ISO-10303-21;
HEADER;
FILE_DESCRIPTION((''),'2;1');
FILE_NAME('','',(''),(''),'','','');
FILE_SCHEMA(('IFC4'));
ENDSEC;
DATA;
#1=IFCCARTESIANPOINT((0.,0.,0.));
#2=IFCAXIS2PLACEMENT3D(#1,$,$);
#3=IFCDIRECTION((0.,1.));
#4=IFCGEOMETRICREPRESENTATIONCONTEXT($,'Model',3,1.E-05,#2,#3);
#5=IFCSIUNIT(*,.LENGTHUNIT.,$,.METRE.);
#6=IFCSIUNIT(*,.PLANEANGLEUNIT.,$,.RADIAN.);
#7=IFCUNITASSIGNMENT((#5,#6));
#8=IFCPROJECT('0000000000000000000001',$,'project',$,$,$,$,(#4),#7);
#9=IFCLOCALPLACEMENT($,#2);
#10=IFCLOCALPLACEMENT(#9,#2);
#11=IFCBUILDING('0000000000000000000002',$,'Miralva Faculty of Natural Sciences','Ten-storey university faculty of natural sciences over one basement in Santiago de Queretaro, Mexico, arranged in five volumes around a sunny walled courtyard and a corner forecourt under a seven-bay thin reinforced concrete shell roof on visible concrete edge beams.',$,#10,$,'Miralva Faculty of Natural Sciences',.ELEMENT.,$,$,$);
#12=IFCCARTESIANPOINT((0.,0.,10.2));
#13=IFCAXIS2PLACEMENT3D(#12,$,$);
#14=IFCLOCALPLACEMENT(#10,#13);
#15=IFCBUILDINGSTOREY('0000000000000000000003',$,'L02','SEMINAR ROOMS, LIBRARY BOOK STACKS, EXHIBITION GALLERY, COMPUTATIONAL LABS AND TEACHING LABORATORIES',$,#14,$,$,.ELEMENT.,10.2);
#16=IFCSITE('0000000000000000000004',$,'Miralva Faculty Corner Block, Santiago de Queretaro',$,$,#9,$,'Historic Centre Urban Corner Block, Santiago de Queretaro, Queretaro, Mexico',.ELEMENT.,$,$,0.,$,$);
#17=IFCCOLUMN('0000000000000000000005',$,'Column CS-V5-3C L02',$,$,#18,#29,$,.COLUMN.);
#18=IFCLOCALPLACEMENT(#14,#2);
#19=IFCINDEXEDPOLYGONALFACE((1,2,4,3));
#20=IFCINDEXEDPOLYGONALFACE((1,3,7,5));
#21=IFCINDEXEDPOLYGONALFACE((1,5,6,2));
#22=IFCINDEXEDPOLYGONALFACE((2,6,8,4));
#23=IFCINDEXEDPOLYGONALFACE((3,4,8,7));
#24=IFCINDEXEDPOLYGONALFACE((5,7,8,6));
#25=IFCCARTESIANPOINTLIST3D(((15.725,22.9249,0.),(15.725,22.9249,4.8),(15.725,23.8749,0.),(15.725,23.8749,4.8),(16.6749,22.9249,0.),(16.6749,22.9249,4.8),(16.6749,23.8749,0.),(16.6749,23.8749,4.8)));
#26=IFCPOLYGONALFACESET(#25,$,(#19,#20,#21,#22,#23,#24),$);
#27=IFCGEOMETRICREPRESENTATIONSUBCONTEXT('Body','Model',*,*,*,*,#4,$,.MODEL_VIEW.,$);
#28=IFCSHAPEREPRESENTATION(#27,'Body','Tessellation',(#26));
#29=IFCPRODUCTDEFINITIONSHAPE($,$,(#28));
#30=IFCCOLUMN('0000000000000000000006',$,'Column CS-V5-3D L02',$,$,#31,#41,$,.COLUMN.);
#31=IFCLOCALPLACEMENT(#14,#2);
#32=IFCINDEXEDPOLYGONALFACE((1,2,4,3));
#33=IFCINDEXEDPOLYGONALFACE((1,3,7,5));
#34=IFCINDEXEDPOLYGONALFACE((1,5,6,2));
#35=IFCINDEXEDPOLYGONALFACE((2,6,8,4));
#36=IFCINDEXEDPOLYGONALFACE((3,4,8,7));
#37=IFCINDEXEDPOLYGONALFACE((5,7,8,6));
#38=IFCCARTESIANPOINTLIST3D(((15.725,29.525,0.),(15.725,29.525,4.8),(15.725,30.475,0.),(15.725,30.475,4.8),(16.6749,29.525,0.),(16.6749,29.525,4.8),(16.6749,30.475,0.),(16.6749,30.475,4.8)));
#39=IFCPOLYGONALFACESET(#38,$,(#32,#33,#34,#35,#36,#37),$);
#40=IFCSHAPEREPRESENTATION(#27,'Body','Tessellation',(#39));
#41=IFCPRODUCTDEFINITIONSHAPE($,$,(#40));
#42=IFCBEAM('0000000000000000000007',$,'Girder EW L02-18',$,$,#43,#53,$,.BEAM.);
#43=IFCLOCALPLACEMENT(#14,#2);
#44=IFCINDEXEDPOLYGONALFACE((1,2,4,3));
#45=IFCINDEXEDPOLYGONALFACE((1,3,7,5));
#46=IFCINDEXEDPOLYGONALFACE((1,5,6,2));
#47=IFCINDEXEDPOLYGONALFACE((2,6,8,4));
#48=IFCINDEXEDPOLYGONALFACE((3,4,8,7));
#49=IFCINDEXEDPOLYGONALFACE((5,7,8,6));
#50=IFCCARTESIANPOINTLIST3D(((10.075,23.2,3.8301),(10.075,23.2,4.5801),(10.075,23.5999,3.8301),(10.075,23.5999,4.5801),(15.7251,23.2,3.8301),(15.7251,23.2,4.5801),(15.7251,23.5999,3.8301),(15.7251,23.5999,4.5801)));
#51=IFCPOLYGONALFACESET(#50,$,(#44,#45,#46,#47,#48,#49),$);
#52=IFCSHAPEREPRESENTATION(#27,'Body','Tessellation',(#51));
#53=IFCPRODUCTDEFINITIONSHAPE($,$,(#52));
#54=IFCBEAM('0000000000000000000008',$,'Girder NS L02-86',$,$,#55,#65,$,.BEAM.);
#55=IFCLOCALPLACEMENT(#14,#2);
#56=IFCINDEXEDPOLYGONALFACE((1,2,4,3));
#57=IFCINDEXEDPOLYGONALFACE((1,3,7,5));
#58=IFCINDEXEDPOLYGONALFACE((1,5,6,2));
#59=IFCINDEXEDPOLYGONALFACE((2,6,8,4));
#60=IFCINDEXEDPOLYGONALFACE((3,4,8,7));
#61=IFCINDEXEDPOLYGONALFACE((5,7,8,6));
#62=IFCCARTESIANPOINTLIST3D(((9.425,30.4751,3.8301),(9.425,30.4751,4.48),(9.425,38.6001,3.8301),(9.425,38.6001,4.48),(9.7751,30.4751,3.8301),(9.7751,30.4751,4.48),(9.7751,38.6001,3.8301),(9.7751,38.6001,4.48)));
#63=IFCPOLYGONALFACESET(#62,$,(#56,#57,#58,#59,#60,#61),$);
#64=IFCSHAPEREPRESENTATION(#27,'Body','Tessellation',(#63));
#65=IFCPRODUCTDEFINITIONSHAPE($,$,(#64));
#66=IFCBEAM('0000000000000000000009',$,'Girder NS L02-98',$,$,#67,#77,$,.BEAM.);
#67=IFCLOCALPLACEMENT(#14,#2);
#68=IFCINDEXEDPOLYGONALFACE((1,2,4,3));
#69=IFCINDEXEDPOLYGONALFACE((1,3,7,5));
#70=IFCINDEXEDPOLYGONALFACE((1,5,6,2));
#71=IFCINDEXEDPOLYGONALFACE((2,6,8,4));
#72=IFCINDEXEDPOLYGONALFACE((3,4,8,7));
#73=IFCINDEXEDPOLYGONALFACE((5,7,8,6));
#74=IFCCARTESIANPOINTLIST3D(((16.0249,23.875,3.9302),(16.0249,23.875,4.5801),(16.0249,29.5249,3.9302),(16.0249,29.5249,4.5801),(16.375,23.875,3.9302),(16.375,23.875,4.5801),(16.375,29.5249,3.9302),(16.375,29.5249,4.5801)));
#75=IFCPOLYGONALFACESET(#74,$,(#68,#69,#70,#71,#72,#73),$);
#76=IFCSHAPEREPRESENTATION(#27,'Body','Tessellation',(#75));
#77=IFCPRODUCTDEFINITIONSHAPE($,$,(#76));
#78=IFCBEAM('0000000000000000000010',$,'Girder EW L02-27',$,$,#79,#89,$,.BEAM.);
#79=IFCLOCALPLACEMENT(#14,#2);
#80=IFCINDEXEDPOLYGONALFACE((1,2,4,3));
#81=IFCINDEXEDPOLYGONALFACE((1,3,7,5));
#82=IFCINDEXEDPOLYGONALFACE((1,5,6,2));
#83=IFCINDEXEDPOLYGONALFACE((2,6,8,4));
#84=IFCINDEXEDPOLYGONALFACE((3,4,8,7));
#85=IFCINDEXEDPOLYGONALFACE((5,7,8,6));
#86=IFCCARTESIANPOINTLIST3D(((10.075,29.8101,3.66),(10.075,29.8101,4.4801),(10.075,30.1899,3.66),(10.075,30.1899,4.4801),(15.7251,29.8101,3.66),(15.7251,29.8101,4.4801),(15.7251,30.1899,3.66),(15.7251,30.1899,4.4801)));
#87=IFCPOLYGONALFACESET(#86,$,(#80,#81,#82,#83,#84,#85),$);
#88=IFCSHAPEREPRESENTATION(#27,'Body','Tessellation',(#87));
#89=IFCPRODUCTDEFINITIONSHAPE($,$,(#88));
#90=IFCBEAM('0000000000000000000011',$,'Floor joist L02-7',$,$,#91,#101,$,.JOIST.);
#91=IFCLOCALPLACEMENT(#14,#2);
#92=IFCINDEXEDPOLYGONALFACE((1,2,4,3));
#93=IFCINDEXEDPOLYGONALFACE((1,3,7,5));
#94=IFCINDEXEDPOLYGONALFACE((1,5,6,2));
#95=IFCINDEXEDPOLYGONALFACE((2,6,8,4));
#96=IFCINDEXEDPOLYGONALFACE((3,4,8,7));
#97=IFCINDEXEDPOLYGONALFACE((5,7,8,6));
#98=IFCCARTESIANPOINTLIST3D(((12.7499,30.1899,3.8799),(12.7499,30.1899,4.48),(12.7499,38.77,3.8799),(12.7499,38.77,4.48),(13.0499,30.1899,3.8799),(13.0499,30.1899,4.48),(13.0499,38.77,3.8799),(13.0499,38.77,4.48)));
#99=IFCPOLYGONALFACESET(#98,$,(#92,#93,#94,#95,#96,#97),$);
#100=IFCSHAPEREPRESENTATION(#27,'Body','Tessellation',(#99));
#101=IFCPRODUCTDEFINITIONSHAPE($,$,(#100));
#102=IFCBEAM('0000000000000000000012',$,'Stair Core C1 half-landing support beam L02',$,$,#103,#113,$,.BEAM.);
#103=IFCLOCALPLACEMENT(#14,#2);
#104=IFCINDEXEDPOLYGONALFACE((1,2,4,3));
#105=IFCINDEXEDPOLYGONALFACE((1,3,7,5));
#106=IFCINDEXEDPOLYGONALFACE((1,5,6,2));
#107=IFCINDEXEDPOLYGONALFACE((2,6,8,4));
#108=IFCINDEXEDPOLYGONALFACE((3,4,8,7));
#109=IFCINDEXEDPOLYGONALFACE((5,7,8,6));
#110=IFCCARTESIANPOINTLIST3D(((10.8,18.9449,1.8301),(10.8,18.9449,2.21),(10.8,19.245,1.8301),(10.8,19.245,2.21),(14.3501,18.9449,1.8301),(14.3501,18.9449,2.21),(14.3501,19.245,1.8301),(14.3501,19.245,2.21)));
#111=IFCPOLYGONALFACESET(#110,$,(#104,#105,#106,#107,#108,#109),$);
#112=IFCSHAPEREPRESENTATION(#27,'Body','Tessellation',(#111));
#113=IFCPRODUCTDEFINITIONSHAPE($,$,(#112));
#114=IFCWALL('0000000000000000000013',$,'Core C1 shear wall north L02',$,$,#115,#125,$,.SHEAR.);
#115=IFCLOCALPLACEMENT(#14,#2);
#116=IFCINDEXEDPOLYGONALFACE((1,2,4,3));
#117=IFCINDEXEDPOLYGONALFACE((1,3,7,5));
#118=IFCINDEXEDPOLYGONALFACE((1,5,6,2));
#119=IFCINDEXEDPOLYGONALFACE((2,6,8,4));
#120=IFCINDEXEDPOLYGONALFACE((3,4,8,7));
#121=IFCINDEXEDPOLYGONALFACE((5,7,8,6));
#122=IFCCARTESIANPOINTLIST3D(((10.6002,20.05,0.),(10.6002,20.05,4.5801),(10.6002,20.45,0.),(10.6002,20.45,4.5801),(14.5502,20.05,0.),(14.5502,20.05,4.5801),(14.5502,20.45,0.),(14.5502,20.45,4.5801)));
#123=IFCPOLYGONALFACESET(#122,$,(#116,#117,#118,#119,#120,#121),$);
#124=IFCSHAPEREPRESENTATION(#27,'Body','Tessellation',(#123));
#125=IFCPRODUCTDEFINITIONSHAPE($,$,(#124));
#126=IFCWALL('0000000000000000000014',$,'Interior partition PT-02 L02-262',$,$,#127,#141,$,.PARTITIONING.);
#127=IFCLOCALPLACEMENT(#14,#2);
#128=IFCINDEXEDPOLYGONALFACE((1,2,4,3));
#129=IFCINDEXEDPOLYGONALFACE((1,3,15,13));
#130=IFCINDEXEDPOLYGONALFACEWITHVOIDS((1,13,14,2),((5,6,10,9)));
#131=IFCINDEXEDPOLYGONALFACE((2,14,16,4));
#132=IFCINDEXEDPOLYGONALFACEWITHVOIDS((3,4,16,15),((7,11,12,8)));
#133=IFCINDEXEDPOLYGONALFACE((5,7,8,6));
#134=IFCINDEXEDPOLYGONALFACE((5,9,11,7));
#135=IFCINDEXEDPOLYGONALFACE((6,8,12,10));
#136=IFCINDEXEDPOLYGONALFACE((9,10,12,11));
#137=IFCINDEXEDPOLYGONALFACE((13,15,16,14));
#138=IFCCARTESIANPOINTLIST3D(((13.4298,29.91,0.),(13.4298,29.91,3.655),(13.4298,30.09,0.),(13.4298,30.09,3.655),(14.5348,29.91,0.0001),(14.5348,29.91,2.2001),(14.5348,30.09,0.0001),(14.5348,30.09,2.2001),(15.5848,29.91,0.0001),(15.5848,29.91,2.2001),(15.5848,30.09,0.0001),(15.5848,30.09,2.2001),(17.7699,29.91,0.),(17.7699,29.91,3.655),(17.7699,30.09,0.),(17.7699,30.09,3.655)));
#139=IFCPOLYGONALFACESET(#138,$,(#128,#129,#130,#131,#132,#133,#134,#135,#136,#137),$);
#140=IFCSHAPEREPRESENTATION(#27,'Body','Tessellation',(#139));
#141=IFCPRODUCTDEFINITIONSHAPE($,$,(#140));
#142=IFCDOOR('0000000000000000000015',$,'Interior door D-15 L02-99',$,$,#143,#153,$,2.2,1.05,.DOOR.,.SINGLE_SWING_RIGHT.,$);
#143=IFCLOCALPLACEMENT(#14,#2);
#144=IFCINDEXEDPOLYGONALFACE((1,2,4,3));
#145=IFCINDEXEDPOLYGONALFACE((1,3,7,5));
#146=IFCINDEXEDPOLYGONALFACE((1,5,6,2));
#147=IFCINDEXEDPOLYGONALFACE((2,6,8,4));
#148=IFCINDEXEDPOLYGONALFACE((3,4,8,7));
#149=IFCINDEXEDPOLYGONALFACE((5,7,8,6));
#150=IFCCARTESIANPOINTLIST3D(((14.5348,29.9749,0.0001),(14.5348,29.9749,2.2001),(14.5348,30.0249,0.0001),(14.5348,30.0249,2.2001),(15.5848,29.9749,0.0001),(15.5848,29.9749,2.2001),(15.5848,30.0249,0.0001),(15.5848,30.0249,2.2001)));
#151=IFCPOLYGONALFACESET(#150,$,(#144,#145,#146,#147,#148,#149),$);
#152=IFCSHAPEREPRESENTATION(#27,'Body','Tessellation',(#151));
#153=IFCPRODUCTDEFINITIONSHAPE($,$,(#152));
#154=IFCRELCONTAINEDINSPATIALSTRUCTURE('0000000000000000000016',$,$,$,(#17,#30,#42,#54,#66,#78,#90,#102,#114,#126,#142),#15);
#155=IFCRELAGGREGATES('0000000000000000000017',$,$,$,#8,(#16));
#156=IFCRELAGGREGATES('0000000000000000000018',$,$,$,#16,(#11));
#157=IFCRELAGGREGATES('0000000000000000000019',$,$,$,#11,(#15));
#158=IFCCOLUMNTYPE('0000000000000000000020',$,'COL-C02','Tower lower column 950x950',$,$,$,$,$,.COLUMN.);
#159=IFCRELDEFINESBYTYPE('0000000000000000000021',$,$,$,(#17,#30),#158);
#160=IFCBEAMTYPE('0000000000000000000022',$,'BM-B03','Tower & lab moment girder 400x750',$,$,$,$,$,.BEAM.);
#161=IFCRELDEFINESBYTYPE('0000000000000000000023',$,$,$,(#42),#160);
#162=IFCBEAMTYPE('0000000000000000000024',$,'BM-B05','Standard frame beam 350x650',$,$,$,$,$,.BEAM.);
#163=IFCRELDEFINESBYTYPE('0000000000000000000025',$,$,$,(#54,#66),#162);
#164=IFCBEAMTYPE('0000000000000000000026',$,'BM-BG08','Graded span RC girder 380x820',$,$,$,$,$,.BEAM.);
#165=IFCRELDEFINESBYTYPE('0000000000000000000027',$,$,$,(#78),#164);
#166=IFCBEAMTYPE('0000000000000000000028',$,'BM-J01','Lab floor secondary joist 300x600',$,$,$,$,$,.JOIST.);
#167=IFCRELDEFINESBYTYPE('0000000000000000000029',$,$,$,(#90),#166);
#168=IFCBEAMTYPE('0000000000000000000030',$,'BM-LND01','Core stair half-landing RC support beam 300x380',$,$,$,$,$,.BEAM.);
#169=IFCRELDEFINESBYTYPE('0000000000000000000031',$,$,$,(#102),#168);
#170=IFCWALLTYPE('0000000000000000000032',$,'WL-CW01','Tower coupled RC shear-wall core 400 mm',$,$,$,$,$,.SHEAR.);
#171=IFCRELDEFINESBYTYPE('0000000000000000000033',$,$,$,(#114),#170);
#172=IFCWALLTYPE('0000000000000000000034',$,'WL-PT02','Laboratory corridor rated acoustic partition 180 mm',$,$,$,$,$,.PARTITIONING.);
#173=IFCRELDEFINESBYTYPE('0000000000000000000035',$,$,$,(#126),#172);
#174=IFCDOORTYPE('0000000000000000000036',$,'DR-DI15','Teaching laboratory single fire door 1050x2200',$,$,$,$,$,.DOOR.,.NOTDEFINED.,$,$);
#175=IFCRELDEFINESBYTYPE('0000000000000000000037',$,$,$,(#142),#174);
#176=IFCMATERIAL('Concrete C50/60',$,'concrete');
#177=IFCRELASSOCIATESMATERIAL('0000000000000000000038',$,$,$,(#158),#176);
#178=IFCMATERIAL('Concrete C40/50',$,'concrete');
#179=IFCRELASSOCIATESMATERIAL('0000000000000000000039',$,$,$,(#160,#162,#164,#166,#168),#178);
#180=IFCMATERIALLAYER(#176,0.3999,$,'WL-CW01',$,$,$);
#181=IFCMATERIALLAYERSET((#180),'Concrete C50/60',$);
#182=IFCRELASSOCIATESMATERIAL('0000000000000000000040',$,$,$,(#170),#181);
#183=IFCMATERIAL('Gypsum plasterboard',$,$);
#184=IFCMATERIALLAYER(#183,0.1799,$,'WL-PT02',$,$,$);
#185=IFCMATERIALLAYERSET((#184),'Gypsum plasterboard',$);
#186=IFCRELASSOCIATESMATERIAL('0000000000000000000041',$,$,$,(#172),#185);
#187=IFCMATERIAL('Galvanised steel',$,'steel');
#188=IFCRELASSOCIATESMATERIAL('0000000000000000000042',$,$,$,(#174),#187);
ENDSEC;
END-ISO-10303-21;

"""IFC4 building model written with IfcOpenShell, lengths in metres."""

from ifc_helpers import new_model, si_unit, direction, frame, frame_2d, origin, origin_2d, place, context, subcontext, project, spatial, rectangle, extrude, material, layer, layer_set, material_profile, profile_set, type_object, element, fill, save


model = new_model("IFC4")

# Units and contexts
model_context = context("Model", 3, precision=1e-05, world=origin(), true_north=direction((0.0, 1.0)))
body_context = subcontext(model_context, "Body", "Model", "MODEL_VIEW")
ifc_project = project(units=[si_unit("LENGTHUNIT", "METRE"), si_unit("PLANEANGLEUNIT", "RADIAN")], contexts=[model_context])

# Site, building, storey
site_placement = place(None, origin())
site = spatial("IfcSite", under=ifc_project, at=site_placement, Name="Miralva Faculty Corner Block, Santiago de Queretaro", LongName="Historic Centre Urban Corner Block, Santiago de Queretaro, Queretaro, Mexico", CompositionType="ELEMENT", RefElevation=0.0)
building_placement = place(site_placement, origin())
building = spatial("IfcBuilding", under=site, at=building_placement, Name="Miralva Faculty of Natural Sciences", Description="Ten-storey university faculty of natural sciences over one basement in Santiago de Queretaro, Mexico, arranged in five volumes around a sunny walled courtyard and a corner forecourt under a seven-bay thin reinforced concrete shell roof on visible concrete edge beams.", LongName="Miralva Faculty of Natural Sciences", CompositionType="ELEMENT")
storey_placement = place(building_placement, frame((0.0, 0.0, 10.2)))
storey = spatial("IfcBuildingStorey", under=building, at=storey_placement, Name="L02", Description="SEMINAR ROOMS, LIBRARY BOOK STACKS, EXHIBITION GALLERY, COMPUTATIONAL LABS AND TEACHING LABORATORIES", CompositionType="ELEMENT", Elevation=10.2)

# Columns
ifc_material_1 = material(Name="Concrete C50/60", Category="concrete")
ifc_material_profile_1 = material_profile(ifc_material_1, rectangle(XDim=0.95, YDim=0.95, at=origin_2d()), Name="RC 950x950")
ifc_profile_set_1 = profile_set([ifc_material_profile_1], Name="Concrete C50/60")
column_type = type_object("IfcColumnType", Name="COL-C02", Description="Tower lower column 950x950", PredefinedType="COLUMN", material=ifc_profile_set_1)
for number, where, z_axis, x_axis, name in (
    (1, (16.2, 23.3999, 0.0), (0.0, 0.0, 1.0), (1.0, 0.0, 0.0), "Column CS-V5-3C L02"),
    (2, (16.2, 30.0, 0.0), (0.0, 0.0, 1.0), (1.0, 0.0, 0.0), "Column CS-V5-3D L02"),
):
    element("IfcColumn", number, at=place(storey_placement, frame(where, z_axis=z_axis, x_axis=x_axis)), inside=storey, type_object=column_type, Name=name, PredefinedType="COLUMN", context=body_context, shape_type="SweptSolid", body=[
        extrude(rectangle(XDim=0.95, YDim=0.95, at=origin_2d()), origin(), (0.0, 0.0, 1.0), 4.8),
    ])

# Beams
ifc_material_2 = material(Name="Concrete C40/50", Category="concrete")
ifc_material_profile_2 = material_profile(ifc_material_2, rectangle(XDim=0.3999, YDim=0.75, at=origin_2d()), Name="RC 400x750")
ifc_profile_set_2 = profile_set([ifc_material_profile_2], Name="Concrete C40/50")
beam_type_1 = type_object("IfcBeamType", Name="BM-B03", Description="Tower & lab moment girder 400x750", PredefinedType="BEAM", material=ifc_profile_set_2)
beam_1_placement = place(storey_placement, frame((10.075, 23.3999, 4.2051), z_axis=(1.0, 0.0, 0.0), x_axis=(0.0, 1.0, 0.0)))
element("IfcBeam", 3, at=beam_1_placement, inside=storey, type_object=beam_type_1, Name="Girder EW L02-18", PredefinedType="BEAM", context=body_context, shape_type="SweptSolid", body=[
    extrude(rectangle(XDim=0.3999, YDim=0.75, at=origin_2d()), origin(), (0.0, 0.0, 1.0), 5.6501),
])
ifc_material_profile_3 = material_profile(ifc_material_2, rectangle(XDim=0.3501, YDim=0.6499, at=origin_2d()), Name="RC 350x650")
ifc_profile_set_3 = profile_set([ifc_material_profile_3], Name="Concrete C40/50")
beam_type_2 = type_object("IfcBeamType", Name="BM-B05", Description="Standard frame beam 350x650", PredefinedType="BEAM", material=ifc_profile_set_3)
beam_2_placement = place(storey_placement, frame((9.6001, 30.4751, 4.155), z_axis=(0.0, 1.0, 0.0), x_axis=(-1.0, 0.0, 0.0)))
element("IfcBeam", 4, at=beam_2_placement, inside=storey, type_object=beam_type_2, Name="Girder NS L02-86", PredefinedType="BEAM", context=body_context, shape_type="SweptSolid", body=[
    extrude(rectangle(XDim=0.3501, YDim=0.6499, at=origin_2d()), origin(), (0.0, 0.0, 1.0), 8.125),
])
beam_3_placement = place(storey_placement, frame((16.2, 23.875, 4.2551), z_axis=(0.0, 1.0, 0.0), x_axis=(-1.0, 0.0, 0.0)))
element("IfcBeam", 5, at=beam_3_placement, inside=storey, type_object=beam_type_2, Name="Girder NS L02-98", PredefinedType="BEAM", context=body_context, shape_type="SweptSolid", body=[
    extrude(rectangle(XDim=0.3501, YDim=0.6499, at=origin_2d()), origin(), (0.0, 0.0, 1.0), 5.6499),
])
ifc_material_profile_4 = material_profile(ifc_material_2, rectangle(XDim=0.3799, YDim=0.8201, at=origin_2d()), Name="RC 380x820")
ifc_profile_set_4 = profile_set([ifc_material_profile_4], Name="Concrete C40/50")
beam_type_3 = type_object("IfcBeamType", Name="BM-BG08", Description="Graded span RC girder 380x820", PredefinedType="BEAM", material=ifc_profile_set_4)
beam_4_placement = place(storey_placement, frame((10.075, 30.0, 4.0701), z_axis=(1.0, 0.0, 0.0), x_axis=(0.0, 1.0, 0.0)))
element("IfcBeam", 6, at=beam_4_placement, inside=storey, type_object=beam_type_3, Name="Girder EW L02-27", PredefinedType="BEAM", context=body_context, shape_type="SweptSolid", body=[
    extrude(rectangle(XDim=0.3799, YDim=0.8201, at=origin_2d()), origin(), (0.0, 0.0, 1.0), 5.6501),
])
ifc_material_profile_5 = material_profile(ifc_material_2, rectangle(XDim=0.3, YDim=0.6001, at=origin_2d()), Name="RC 300x600")
ifc_profile_set_5 = profile_set([ifc_material_profile_5], Name="Concrete C40/50")
beam_type_4 = type_object("IfcBeamType", Name="BM-J01", Description="Lab floor secondary joist 300x600", PredefinedType="JOIST", material=ifc_profile_set_5)
beam_5_placement = place(storey_placement, frame((12.8999, 30.1899, 4.1799), z_axis=(0.0, 1.0, 0.0), x_axis=(-1.0, 0.0, 0.0)))
element("IfcBeam", 7, at=beam_5_placement, inside=storey, type_object=beam_type_4, Name="Floor joist L02-7", PredefinedType="JOIST", context=body_context, shape_type="SweptSolid", body=[
    extrude(rectangle(XDim=0.3, YDim=0.6001, at=origin_2d()), origin(), (0.0, 0.0, 1.0), 8.5801),
])
ifc_material_profile_6 = material_profile(ifc_material_2, rectangle(XDim=0.3, YDim=0.3799, at=origin_2d()), Name="RC 300x380")
ifc_profile_set_6 = profile_set([ifc_material_profile_6], Name="Concrete C40/50")
beam_type_5 = type_object("IfcBeamType", Name="BM-LND01", Description="Core stair half-landing RC support beam 300x380", PredefinedType="BEAM", material=ifc_profile_set_6)
beam_6_placement = place(storey_placement, frame((10.8, 19.095, 2.02), z_axis=(1.0, 0.0, 0.0), x_axis=(0.0, 1.0, 0.0)))
element("IfcBeam", 8, at=beam_6_placement, inside=storey, type_object=beam_type_5, Name="Stair Core C1 half-landing support beam L02", PredefinedType="BEAM", context=body_context, shape_type="SweptSolid", body=[
    extrude(rectangle(XDim=0.3, YDim=0.3799, at=origin_2d()), origin(), (0.0, 0.0, 1.0), 3.55),
])

# Wall
ifc_layer_1 = layer(ifc_material_1, 0.3999, Name="WL-CW01")
ifc_layer_set_1 = layer_set([ifc_layer_1], Name="Concrete C50/60")
wall_type_1 = type_object("IfcWallType", Name="WL-CW01", Description="Tower coupled RC shear-wall core 400 mm", PredefinedType="SHEAR", material=ifc_layer_set_1)
wall_1_placement = place(storey_placement, frame((10.6001, 20.25, 0.0), z_axis=(0.0, 0.0, 1.0), x_axis=(1.0, 0.0, 0.0)))
element("IfcWall", 9, at=wall_1_placement, inside=storey, type_object=wall_type_1, Name="Core C1 shear wall north L02", PredefinedType="SHEAR", context=body_context, shape_type="SweptSolid", body=[
    extrude(rectangle(XDim=3.95, YDim=0.3999, at=frame_2d((1.9751, 0.0))), origin(), (0.0, 0.0, 1.0), 4.5801),
])

# Wall, opening, door
ifc_material_3 = material(Name="Gypsum plasterboard")
ifc_layer_2 = layer(ifc_material_3, 0.1799, Name="WL-PT02")
ifc_layer_set_2 = layer_set([ifc_layer_2], Name="Gypsum plasterboard")
wall_type_2 = type_object("IfcWallType", Name="WL-PT02", Description="Laboratory corridor rated acoustic partition 180 mm", PredefinedType="PARTITIONING", material=ifc_layer_set_2)
wall_2_placement = place(storey_placement, frame((13.4299, 30.0, 0.0), z_axis=(0.0, 0.0, 1.0), x_axis=(1.0, 0.0, 0.0)))
wall_2 = element("IfcWall", 10, at=wall_2_placement, inside=storey, type_object=wall_type_2, Name="Interior partition PT-02 L02-262", PredefinedType="PARTITIONING", context=body_context, shape_type="SweptSolid", body=[
    extrude(rectangle(XDim=4.3401, YDim=0.1799, at=frame_2d((2.1699, 0.0))), origin(), (0.0, 0.0, 1.0), 3.655),
])
opening_1_placement = place(wall_2_placement, frame((1.105, 0.0, 0.0)))
opening_1 = element("IfcOpeningElement", 11, at=opening_1_placement, cuts=wall_2, PredefinedType="OPENING", context=body_context, shape_type="SweptSolid", body=[
    extrude(rectangle(XDim=1.05, YDim=2.2, at=frame_2d((0.5249, 1.1001))), frame((0.0, 0.0999, 0.0), z_axis=(0.0, -1.0, 0.0), x_axis=(1.0, 0.0, 0.0)), (0.0, 0.0, 1.0), 0.2),
])
ifc_material_4 = material(Name="Galvanised steel", Category="steel")
door_type_1 = type_object("IfcDoorType", Name="DR-DI15", Description="Teaching laboratory single fire door 1050x2200", OperationType="NOTDEFINED", PredefinedType="DOOR", material=ifc_material_4)
door_1_placement = place(opening_1_placement, origin())
door_1 = element("IfcDoor", 12, at=door_1_placement, inside=storey, type_object=door_type_1, Name="Interior door D-15 L02-99", OperationType="SINGLE_SWING_RIGHT", OverallHeight=2.2, OverallWidth=1.05, PredefinedType="DOOR", context=body_context, shape_type="SweptSolid", body=[
    extrude(rectangle(XDim=1.05, YDim=2.2, at=frame_2d((0.5249, 1.1001))), frame((0.0, 0.0249, 0.0), z_axis=(0.0, -1.0, 0.0), x_axis=(1.0, 0.0, 0.0)), (0.0, 0.0, 1.0), 0.05),
])
fill(opening_1, door_1)

save(model, "model.ifc")
